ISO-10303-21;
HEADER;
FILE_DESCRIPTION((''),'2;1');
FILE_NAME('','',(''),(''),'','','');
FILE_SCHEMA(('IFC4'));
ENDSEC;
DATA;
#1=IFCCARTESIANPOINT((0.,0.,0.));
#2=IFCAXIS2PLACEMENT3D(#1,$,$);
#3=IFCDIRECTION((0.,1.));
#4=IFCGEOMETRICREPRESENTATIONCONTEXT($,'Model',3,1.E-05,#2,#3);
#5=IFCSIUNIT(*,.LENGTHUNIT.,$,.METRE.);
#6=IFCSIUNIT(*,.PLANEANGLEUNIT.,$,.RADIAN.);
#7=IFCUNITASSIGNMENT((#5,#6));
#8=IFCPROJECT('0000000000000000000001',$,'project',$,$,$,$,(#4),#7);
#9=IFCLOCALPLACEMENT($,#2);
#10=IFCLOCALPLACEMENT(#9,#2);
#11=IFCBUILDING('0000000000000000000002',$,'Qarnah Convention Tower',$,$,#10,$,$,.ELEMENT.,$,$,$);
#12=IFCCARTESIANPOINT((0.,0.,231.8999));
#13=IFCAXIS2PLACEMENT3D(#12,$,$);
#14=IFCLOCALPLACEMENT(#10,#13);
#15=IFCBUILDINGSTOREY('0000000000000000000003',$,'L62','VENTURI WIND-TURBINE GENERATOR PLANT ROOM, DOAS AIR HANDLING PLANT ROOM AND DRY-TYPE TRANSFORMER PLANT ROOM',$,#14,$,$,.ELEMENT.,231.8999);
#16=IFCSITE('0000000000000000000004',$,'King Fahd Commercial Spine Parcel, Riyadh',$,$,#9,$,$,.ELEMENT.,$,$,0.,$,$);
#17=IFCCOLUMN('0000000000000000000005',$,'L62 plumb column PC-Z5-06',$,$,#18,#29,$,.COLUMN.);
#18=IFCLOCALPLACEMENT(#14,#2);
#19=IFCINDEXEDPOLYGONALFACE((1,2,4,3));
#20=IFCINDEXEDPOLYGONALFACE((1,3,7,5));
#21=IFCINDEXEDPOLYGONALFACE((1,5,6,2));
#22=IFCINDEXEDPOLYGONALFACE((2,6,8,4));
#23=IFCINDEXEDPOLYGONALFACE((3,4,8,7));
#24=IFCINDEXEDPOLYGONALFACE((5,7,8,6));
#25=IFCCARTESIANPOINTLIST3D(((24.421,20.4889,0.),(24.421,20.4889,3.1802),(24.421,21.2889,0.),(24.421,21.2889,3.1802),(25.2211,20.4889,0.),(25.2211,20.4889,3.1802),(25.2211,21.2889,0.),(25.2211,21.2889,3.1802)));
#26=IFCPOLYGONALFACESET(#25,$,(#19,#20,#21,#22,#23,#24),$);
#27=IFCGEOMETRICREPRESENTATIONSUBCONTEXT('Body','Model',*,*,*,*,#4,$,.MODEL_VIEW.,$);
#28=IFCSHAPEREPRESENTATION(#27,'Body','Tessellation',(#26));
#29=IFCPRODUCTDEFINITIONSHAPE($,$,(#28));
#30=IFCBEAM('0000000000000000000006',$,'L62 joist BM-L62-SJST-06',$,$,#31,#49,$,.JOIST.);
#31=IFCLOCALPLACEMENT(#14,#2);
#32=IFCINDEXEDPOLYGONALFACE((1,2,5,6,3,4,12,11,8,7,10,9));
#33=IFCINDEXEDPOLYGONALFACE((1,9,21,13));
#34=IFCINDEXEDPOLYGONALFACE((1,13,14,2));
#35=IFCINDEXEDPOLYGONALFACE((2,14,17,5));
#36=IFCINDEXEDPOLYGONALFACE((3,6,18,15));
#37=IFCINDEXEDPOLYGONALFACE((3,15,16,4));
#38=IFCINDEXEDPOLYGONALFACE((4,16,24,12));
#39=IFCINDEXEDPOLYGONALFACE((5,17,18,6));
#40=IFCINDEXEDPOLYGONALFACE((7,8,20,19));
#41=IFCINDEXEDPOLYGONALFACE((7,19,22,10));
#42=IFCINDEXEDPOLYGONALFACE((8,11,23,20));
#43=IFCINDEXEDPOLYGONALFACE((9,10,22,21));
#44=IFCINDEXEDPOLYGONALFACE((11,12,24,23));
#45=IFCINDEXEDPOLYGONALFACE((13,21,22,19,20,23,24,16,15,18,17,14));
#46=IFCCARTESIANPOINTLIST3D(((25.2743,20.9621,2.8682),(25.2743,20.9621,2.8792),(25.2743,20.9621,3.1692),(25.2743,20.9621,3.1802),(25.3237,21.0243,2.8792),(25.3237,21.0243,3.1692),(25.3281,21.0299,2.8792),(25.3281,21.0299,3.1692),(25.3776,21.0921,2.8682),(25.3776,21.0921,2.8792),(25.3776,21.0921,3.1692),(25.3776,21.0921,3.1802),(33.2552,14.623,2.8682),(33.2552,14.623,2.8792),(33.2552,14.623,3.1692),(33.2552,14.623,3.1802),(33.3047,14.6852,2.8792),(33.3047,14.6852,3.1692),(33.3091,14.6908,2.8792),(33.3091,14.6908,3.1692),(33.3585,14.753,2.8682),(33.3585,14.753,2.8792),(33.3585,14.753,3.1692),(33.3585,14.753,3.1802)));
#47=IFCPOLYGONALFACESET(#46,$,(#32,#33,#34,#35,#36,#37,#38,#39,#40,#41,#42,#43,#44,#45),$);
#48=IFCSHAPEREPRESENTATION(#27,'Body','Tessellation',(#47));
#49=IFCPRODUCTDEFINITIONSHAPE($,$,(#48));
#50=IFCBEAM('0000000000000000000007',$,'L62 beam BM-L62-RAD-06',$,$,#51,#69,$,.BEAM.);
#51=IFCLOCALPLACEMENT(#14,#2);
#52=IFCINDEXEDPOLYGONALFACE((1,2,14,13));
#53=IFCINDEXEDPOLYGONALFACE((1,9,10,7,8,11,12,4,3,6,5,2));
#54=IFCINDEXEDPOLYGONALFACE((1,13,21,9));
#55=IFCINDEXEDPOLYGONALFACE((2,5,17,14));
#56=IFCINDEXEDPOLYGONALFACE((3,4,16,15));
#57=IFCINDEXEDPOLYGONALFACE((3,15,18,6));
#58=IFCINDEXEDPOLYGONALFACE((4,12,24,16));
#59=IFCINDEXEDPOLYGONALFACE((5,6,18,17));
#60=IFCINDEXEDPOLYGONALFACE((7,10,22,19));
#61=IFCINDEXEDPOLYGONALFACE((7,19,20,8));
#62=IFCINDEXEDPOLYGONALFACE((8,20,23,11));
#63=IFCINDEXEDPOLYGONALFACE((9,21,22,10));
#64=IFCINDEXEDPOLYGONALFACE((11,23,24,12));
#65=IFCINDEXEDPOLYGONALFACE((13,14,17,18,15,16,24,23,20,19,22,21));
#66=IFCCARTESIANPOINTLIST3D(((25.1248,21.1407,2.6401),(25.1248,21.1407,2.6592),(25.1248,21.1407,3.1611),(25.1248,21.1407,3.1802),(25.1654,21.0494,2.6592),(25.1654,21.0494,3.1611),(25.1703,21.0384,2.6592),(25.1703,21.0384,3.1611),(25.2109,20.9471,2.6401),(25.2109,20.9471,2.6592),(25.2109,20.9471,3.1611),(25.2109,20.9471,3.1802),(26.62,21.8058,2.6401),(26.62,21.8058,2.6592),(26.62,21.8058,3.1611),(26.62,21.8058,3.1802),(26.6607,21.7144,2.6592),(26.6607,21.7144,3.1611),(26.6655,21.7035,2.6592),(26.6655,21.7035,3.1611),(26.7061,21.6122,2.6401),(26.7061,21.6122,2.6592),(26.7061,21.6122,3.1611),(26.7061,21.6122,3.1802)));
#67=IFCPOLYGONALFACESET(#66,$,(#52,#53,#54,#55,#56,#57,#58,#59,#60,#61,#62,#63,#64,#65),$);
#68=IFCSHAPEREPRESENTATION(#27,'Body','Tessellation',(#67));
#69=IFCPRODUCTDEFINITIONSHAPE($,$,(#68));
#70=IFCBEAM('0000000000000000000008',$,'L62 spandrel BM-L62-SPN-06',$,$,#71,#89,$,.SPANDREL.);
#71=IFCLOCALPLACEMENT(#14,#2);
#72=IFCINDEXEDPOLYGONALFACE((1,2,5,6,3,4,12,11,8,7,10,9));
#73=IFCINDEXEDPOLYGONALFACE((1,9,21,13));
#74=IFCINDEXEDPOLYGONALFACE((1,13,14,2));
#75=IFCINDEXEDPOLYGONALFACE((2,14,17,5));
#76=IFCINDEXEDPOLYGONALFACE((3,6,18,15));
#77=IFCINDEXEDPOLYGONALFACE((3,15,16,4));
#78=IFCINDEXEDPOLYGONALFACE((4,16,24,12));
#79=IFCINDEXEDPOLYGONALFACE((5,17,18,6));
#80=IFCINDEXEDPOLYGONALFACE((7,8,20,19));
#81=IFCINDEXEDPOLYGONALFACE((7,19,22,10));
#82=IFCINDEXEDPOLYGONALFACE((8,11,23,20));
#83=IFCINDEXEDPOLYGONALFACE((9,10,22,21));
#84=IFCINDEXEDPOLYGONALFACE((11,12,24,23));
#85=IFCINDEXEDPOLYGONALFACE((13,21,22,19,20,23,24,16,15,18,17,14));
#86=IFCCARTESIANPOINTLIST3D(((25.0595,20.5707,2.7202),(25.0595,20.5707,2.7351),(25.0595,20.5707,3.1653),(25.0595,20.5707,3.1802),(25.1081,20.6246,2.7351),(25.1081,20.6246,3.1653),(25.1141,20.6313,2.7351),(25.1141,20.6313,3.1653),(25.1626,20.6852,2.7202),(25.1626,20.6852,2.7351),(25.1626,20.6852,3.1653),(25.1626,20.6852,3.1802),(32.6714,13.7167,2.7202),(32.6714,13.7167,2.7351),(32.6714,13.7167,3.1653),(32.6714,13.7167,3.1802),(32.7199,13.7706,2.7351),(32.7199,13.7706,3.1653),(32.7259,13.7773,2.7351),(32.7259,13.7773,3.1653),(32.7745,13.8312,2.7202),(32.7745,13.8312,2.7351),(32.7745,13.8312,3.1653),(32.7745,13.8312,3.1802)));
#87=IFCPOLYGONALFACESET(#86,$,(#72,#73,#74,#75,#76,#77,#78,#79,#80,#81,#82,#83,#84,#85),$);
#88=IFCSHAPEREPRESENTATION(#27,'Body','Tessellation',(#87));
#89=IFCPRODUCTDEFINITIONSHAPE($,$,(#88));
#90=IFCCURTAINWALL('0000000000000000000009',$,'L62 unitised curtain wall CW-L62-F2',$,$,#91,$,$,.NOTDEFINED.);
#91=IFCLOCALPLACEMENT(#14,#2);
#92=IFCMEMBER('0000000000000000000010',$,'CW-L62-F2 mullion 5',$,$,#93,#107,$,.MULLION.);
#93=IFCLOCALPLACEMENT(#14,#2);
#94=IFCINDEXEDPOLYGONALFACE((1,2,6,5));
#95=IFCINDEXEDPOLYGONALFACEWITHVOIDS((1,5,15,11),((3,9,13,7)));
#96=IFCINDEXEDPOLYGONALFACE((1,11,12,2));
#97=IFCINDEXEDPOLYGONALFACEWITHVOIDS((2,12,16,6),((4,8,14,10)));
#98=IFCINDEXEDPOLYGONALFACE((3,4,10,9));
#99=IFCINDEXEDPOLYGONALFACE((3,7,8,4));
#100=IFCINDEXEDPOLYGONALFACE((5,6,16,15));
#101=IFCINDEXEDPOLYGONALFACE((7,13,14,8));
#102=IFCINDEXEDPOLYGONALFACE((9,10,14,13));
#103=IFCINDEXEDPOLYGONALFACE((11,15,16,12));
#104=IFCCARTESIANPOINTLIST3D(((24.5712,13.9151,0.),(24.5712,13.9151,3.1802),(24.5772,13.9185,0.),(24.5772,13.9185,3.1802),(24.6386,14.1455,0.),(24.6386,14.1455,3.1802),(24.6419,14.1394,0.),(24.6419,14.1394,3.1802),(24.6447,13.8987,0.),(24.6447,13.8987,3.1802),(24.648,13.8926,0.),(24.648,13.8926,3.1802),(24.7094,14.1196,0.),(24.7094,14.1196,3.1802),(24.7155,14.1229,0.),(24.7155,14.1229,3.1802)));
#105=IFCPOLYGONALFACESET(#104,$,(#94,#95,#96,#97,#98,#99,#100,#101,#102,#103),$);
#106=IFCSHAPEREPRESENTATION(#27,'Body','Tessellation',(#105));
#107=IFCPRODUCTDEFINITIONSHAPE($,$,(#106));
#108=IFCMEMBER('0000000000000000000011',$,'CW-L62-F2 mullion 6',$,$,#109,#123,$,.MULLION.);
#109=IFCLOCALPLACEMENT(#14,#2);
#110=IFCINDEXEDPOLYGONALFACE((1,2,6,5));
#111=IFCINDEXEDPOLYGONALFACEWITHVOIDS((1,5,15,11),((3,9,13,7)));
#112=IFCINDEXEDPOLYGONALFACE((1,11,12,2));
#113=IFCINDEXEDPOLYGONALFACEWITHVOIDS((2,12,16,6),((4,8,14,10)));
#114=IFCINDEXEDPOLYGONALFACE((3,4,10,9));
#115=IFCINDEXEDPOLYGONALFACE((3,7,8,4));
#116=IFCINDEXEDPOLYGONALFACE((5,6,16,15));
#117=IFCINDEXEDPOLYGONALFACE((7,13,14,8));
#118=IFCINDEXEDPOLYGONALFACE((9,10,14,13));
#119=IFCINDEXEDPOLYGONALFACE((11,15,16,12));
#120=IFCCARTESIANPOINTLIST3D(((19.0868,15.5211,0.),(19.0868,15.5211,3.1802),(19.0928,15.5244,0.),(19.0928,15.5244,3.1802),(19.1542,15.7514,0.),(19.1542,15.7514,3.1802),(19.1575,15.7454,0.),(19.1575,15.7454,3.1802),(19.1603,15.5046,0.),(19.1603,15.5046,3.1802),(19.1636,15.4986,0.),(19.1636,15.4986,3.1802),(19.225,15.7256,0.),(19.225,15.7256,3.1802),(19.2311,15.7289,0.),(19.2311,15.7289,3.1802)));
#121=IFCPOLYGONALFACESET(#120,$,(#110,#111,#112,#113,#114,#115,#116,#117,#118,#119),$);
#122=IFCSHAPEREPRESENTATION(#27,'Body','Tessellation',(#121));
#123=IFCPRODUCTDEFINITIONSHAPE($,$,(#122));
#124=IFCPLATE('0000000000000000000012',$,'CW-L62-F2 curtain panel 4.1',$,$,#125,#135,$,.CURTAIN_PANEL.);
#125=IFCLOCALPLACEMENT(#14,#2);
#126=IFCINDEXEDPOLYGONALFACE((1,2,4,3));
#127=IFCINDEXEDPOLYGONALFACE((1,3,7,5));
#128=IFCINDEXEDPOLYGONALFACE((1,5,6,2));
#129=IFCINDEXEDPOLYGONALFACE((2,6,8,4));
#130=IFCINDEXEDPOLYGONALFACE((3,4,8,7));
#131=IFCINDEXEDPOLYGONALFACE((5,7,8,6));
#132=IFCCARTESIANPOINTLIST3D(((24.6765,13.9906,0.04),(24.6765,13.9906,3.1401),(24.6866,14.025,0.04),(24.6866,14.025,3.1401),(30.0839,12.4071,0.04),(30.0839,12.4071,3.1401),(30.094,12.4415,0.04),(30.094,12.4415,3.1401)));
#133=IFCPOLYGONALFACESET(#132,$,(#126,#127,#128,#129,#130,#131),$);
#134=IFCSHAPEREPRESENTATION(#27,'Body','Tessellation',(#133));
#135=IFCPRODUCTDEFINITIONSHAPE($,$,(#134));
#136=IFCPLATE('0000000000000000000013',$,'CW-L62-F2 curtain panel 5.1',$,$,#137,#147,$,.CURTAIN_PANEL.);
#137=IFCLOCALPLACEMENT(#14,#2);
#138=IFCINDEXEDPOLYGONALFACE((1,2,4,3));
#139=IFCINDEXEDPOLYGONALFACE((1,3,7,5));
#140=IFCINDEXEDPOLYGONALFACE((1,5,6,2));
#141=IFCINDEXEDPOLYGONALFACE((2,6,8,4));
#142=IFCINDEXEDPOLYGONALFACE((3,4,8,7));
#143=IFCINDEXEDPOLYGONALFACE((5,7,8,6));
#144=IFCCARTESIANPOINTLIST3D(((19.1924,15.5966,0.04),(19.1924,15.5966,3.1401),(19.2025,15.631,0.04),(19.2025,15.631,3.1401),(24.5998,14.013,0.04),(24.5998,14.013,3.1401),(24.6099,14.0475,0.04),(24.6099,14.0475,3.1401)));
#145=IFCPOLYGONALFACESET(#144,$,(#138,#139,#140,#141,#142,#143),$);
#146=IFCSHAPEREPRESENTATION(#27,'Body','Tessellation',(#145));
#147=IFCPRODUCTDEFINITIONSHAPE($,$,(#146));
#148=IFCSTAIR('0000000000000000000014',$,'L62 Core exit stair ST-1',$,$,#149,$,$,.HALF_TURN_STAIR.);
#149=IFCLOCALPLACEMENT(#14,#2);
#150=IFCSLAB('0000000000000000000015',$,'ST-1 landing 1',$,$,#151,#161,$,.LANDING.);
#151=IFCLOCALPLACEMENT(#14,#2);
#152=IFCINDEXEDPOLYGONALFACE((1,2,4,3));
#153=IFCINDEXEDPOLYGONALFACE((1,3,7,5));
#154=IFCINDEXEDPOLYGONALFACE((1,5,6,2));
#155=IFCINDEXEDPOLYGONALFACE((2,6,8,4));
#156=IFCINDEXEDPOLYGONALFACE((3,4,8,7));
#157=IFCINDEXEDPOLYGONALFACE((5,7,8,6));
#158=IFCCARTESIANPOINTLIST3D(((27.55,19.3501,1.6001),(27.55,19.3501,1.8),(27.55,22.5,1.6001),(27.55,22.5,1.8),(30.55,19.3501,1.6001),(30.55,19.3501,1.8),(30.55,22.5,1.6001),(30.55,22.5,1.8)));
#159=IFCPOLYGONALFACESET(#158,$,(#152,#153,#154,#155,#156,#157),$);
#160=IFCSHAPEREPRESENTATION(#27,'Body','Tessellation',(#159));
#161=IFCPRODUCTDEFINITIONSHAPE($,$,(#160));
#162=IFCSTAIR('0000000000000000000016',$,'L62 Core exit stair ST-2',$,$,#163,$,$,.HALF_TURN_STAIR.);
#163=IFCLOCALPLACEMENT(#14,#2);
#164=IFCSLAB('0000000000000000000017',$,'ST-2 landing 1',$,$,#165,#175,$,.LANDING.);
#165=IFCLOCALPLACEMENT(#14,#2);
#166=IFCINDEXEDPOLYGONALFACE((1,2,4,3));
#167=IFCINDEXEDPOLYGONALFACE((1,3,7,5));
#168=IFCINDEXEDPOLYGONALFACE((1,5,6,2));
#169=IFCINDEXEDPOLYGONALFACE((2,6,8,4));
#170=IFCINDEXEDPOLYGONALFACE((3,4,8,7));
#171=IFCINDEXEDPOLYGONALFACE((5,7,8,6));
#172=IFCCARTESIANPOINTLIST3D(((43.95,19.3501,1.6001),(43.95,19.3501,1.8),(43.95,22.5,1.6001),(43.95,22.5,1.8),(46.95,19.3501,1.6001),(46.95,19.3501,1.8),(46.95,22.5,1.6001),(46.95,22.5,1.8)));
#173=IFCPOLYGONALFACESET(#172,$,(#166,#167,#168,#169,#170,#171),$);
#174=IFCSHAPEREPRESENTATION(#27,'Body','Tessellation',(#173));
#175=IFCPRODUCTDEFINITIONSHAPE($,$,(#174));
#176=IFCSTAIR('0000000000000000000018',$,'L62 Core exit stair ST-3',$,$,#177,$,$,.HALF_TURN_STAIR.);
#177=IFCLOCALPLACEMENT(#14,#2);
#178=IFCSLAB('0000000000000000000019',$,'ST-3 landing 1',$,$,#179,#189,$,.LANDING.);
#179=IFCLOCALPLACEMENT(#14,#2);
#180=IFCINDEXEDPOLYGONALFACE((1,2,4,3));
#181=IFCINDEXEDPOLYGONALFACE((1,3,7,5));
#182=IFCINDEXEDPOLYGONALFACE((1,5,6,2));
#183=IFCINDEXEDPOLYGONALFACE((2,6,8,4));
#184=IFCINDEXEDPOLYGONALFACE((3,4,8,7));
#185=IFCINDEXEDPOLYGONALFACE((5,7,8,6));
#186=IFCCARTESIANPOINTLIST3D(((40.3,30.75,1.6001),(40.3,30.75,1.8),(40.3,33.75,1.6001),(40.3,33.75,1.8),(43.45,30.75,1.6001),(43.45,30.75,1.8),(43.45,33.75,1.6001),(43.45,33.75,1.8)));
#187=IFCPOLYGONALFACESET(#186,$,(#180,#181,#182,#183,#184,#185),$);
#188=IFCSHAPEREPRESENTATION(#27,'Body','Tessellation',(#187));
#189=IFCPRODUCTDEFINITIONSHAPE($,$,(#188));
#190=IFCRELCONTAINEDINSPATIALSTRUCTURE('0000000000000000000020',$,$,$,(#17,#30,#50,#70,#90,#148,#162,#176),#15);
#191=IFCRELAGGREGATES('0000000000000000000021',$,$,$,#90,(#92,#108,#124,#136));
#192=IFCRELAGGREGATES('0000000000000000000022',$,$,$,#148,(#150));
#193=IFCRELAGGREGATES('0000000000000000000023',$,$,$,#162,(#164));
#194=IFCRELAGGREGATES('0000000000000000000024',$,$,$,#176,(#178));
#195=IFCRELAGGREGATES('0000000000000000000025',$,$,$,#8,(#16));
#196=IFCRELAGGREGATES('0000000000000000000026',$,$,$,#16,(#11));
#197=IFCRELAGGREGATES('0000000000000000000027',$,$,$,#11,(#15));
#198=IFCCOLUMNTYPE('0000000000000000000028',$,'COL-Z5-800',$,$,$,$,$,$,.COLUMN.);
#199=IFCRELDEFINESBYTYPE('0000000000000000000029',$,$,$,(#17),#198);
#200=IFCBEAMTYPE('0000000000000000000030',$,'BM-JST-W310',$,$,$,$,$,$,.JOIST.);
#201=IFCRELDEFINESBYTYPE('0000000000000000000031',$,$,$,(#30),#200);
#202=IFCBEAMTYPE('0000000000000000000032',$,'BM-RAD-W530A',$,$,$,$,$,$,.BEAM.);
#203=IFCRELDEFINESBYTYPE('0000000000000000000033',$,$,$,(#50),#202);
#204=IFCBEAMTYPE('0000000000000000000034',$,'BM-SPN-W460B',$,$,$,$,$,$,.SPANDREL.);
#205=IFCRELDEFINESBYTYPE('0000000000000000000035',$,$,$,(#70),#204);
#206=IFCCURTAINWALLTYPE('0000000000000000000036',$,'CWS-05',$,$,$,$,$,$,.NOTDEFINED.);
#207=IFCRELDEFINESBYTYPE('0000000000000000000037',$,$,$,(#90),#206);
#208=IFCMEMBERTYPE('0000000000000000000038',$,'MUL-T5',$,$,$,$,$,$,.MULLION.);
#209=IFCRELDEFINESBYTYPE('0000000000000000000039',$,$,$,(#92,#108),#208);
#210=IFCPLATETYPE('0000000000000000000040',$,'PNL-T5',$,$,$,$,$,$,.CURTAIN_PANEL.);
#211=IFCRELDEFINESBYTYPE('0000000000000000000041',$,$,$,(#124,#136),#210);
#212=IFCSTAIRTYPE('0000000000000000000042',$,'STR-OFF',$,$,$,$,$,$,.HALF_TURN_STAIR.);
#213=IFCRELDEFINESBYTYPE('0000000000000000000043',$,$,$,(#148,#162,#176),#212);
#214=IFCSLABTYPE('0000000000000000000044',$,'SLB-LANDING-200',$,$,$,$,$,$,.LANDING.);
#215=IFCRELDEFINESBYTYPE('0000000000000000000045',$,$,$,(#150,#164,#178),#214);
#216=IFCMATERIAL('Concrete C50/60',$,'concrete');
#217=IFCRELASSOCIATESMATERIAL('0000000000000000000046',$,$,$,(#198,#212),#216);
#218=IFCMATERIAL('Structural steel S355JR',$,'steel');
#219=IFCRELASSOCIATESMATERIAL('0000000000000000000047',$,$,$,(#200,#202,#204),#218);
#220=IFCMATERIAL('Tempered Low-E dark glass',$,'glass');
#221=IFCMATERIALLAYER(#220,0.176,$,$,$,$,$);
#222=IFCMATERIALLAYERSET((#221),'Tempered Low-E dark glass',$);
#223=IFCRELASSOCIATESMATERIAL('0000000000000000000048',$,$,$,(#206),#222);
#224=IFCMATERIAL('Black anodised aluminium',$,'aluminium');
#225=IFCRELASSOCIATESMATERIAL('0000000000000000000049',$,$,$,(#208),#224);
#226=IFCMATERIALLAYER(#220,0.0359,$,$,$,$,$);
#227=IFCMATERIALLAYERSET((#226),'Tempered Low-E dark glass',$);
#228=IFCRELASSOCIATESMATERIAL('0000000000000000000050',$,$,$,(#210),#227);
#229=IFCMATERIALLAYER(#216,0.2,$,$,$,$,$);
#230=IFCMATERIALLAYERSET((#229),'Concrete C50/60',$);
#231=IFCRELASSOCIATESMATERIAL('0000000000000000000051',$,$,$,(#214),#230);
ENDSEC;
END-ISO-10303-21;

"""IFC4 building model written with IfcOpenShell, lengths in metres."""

from ifc_helpers import new_model, si_unit, direction, frame, origin, origin_2d, place, context, subcontext, project, spatial, polyline, rectangle, hollow_rectangle, i_section, outline, extrude, material, layer, layer_set, material_profile, profile_set, type_object, element, aggregate, save


model = new_model("IFC4")

# Units and contexts
model_context = context("Model", 3, precision=1e-05, world=origin(), true_north=direction((0.0, 1.0)))
body_context = subcontext(model_context, "Body", "Model", "MODEL_VIEW")
ifc_project = project(units=[si_unit("LENGTHUNIT", "METRE"), si_unit("PLANEANGLEUNIT", "RADIAN")], contexts=[model_context])

# Site, building, storey
site_placement = place(None, origin())
site = spatial("IfcSite", under=ifc_project, at=site_placement, Name="King Fahd Commercial Spine Parcel, Riyadh", CompositionType="ELEMENT", RefElevation=0.0)
building_placement = place(site_placement, origin())
building = spatial("IfcBuilding", under=site, at=building_placement, Name="Qarnah Convention Tower", CompositionType="ELEMENT")
storey_placement = place(building_placement, frame((0.0, 0.0, 231.8999)))
storey = spatial("IfcBuildingStorey", under=building, at=storey_placement, Name="L62", Description="VENTURI WIND-TURBINE GENERATOR PLANT ROOM, DOAS AIR HANDLING PLANT ROOM AND DRY-TYPE TRANSFORMER PLANT ROOM", CompositionType="ELEMENT", Elevation=231.8999)

# Column
ifc_material_1 = material(Name="Concrete C50/60", Category="concrete")
ifc_material_profile_1 = material_profile(ifc_material_1, rectangle(XDim=0.8, YDim=0.8, at=origin_2d()), Name="RC-COL-800X800")
ifc_profile_set_1 = profile_set([ifc_material_profile_1], Name="Concrete C50/60")
column_type = type_object("IfcColumnType", Name="COL-Z5-800", PredefinedType="COLUMN", material=ifc_profile_set_1)
column_placement = place(storey_placement, frame((24.821, 20.8889, 0.0), z_axis=(0.0, 0.0, 1.0), x_axis=(1.0, 0.0, 0.0)))
element("IfcColumn", 1, at=column_placement, inside=storey, type_object=column_type, Name="L62 plumb column PC-Z5-06", PredefinedType="COLUMN", context=body_context, shape_type="SweptSolid", body=[
    extrude(rectangle(XDim=0.8, YDim=0.8, at=origin_2d()), origin(), (0.0, 0.0, 1.0), 3.1802),
])

# Beams
ifc_material_2 = material(Name="Structural steel S355JR", Category="steel")
ifc_material_profile_2 = material_profile(ifc_material_2, i_section(OverallWidth=0.166, OverallDepth=0.312, WebThickness=0.0071, FlangeThickness=0.011, at=origin_2d()), Name="W310X45")
ifc_profile_set_2 = profile_set([ifc_material_profile_2], Name="Structural steel S355JR")
beam_type_1 = type_object("IfcBeamType", Name="BM-JST-W310", PredefinedType="JOIST", material=ifc_profile_set_2)
beam_1_placement = place(storey_placement, frame((25.3259, 21.0271, 3.0242), z_axis=(0.783049, -0.62196, 0.0), x_axis=(0.62196, 0.783049, 0.0)))
element("IfcBeam", 2, at=beam_1_placement, inside=storey, type_object=beam_type_1, Name="L62 joist BM-L62-SJST-06", PredefinedType="JOIST", context=body_context, shape_type="SweptSolid", body=[
    extrude(i_section(OverallWidth=0.166, OverallDepth=0.312, WebThickness=0.0071, FlangeThickness=0.011, at=origin_2d()), origin(), (0.0, 0.0, 1.0), 10.1921),
])
ifc_material_profile_3 = material_profile(ifc_material_2, i_section(OverallWidth=0.2119, OverallDepth=0.54, WebThickness=0.012, FlangeThickness=0.019, at=origin_2d()), Name="W530X109")
ifc_profile_set_3 = profile_set([ifc_material_profile_3], Name="Structural steel S355JR")
beam_type_2 = type_object("IfcBeamType", Name="BM-RAD-W530A", PredefinedType="BEAM", material=ifc_profile_set_3)
beam_2_placement = place(storey_placement, frame((26.6631, 21.709, 2.9102), z_axis=(-0.913688, -0.406415, 0.0), x_axis=(0.406415, -0.913688, 0.0)))
element("IfcBeam", 3, at=beam_2_placement, inside=storey, type_object=beam_type_2, Name="L62 beam BM-L62-RAD-06", PredefinedType="BEAM", context=body_context, shape_type="SweptSolid", body=[
    extrude(i_section(OverallWidth=0.2119, OverallDepth=0.54, WebThickness=0.012, FlangeThickness=0.019, at=origin_2d()), origin(), (0.0, 0.0, 1.0), 1.6365),
])
ifc_material_profile_4 = material_profile(ifc_material_2, i_section(OverallWidth=0.1541, OverallDepth=0.46, WebThickness=0.009, FlangeThickness=0.0149, at=origin_2d()), Name="W460X68")
ifc_profile_set_4 = profile_set([ifc_material_profile_4], Name="Structural steel S355JR")
beam_type_3 = type_object("IfcBeamType", Name="BM-SPN-W460B", PredefinedType="SPANDREL", material=ifc_profile_set_4)
beam_3_placement = place(storey_placement, frame((25.1111, 20.6279, 2.9502), z_axis=(0.743131, -0.669146, 0.0), x_axis=(0.669146, 0.743131, 0.0)))
element("IfcBeam", 4, at=beam_3_placement, inside=storey, type_object=beam_type_3, Name="L62 spandrel BM-L62-SPN-06", PredefinedType="SPANDREL", context=body_context, shape_type="SweptSolid", body=[
    extrude(i_section(OverallWidth=0.1541, OverallDepth=0.46, WebThickness=0.009, FlangeThickness=0.0149, at=origin_2d()), origin(), (0.0, 0.0, 1.0), 10.2429),
])

# Curtain wall, members, plates
ifc_material_3 = material(Name="Tempered Low-E dark glass", Category="glass")
ifc_layer_1 = layer(ifc_material_3, 0.176)
ifc_layer_set_1 = layer_set([ifc_layer_1], Name="Tempered Low-E dark glass")
curtain_wall_type = type_object("IfcCurtainWallType", Name="CWS-05", PredefinedType="NOTDEFINED", material=ifc_layer_set_1)
curtain_wall_placement = place(storey_placement, origin())
curtain_wall = element("IfcCurtainWall", 5, at=curtain_wall_placement, inside=storey, type_object=curtain_wall_type, Name="L62 unitised curtain wall CW-L62-F2", PredefinedType="NOTDEFINED")
ifc_material_4 = material(Name="Black anodised aluminium", Category="aluminium")
ifc_material_profile_5 = material_profile(ifc_material_4, hollow_rectangle(XDim=0.0801, YDim=0.24, WallThickness=0.0049, at=origin_2d()), Name="MUL-80X240")
ifc_profile_set_5 = profile_set([ifc_material_profile_5], Name="Black anodised aluminium")
member_type = type_object("IfcMemberType", Name="MUL-T5", PredefinedType="MULLION", material=ifc_profile_set_5)
member_1_placement = place(storey_placement, frame((24.6433, 14.019, 0.0), z_axis=(0.0, 0.0, 1.0), x_axis=(-0.959696, 0.281039, 0.0)))
member_1 = element("IfcMember", 6, at=member_1_placement, type_object=member_type, Name="CW-L62-F2 mullion 5", PredefinedType="MULLION", context=body_context, shape_type="SweptSolid", body=[
    extrude(hollow_rectangle(XDim=0.0801, YDim=0.24, WallThickness=0.0049, at=origin_2d()), origin(), (0.0, 0.0, 1.0), 3.1802),
])
member_2_placement = place(storey_placement, frame((19.1589, 15.625, 0.0), z_axis=(0.0, 0.0, 1.0), x_axis=(-0.959696, 0.281039, 0.0)))
member_2 = element("IfcMember", 7, at=member_2_placement, type_object=member_type, Name="CW-L62-F2 mullion 6", PredefinedType="MULLION", context=body_context, shape_type="SweptSolid", body=[
    extrude(hollow_rectangle(XDim=0.0801, YDim=0.24, WallThickness=0.0049, at=origin_2d()), origin(), (0.0, 0.0, 1.0), 3.1802),
])
ifc_layer_2 = layer(ifc_material_3, 0.0359)
ifc_layer_set_2 = layer_set([ifc_layer_2], Name="Tempered Low-E dark glass")
plate_type = type_object("IfcPlateType", Name="PNL-T5", PredefinedType="CURTAIN_PANEL", material=ifc_layer_set_2)
plate_1_placement = place(storey_placement, frame((27.3853, 13.2161, 0.04), z_axis=(0.0, 0.0, 1.0), x_axis=(-0.959696, 0.281039, 0.0)))
plate_1 = element("IfcPlate", 8, at=plate_1_placement, type_object=plate_type, Name="CW-L62-F2 curtain panel 4.1", PredefinedType="CURTAIN_PANEL", context=body_context, shape_type="SweptSolid", body=[
    extrude(rectangle(XDim=5.6345, YDim=0.0359, at=origin_2d()), origin(), (0.0, 0.0, 1.0), 3.1001),
])
plate_2_placement = place(storey_placement, frame((21.9011, 14.822, 0.04), z_axis=(0.0, 0.0, 1.0), x_axis=(-0.959696, 0.281039, 0.0)))
plate_2 = element("IfcPlate", 9, at=plate_2_placement, type_object=plate_type, Name="CW-L62-F2 curtain panel 5.1", PredefinedType="CURTAIN_PANEL", context=body_context, shape_type="SweptSolid", body=[
    extrude(rectangle(XDim=5.6345, YDim=0.0359, at=origin_2d()), origin(), (0.0, 0.0, 1.0), 3.1001),
])
aggregate(curtain_wall, [member_1, member_2, plate_1, plate_2])

# Stairs, slabs
stair_type = type_object("IfcStairType", Name="STR-OFF", PredefinedType="HALF_TURN_STAIR", material=ifc_material_1)
stair_1_placement = place(storey_placement, origin())
stair_1 = element("IfcStair", 10, at=stair_1_placement, inside=storey, type_object=stair_type, Name="L62 Core exit stair ST-1", PredefinedType="HALF_TURN_STAIR")
ifc_layer_3 = layer(ifc_material_1, 0.2)
ifc_layer_set_3 = layer_set([ifc_layer_3], Name="Concrete C50/60")
slab_type_1 = type_object("IfcSlabType", Name="SLB-LANDING-200", PredefinedType="LANDING", material=ifc_layer_set_3)
slab_1_placement = place(storey_placement, frame((0.0, 0.0, 1.6001)))
slab_1 = element("IfcSlab", 11, at=slab_1_placement, type_object=slab_type_1, Name="ST-1 landing 1", PredefinedType="LANDING", context=body_context, shape_type="SweptSolid", body=[
    extrude(outline(polyline([(27.55, 22.5), (27.55, 19.3501), (30.55, 19.3501), (30.55, 22.5), (27.55, 22.5)])), origin(), (0.0, 0.0, 1.0), 0.2),
])
aggregate(stair_1, [slab_1])
stair_2_placement = place(storey_placement, origin())
stair_2 = element("IfcStair", 12, at=stair_2_placement, inside=storey, type_object=stair_type, Name="L62 Core exit stair ST-2", PredefinedType="HALF_TURN_STAIR")
slab_2_placement = place(storey_placement, frame((0.0, 0.0, 1.6001)))
slab_2 = element("IfcSlab", 13, at=slab_2_placement, type_object=slab_type_1, Name="ST-2 landing 1", PredefinedType="LANDING", context=body_context, shape_type="SweptSolid", body=[
    extrude(outline(polyline([(43.95, 22.5), (43.95, 19.3501), (46.95, 19.3501), (46.95, 22.5), (43.95, 22.5)])), origin(), (0.0, 0.0, 1.0), 0.2),
])
aggregate(stair_2, [slab_2])
stair_3_placement = place(storey_placement, origin())
stair_3 = element("IfcStair", 14, at=stair_3_placement, inside=storey, type_object=stair_type, Name="L62 Core exit stair ST-3", PredefinedType="HALF_TURN_STAIR")
slab_3_placement = place(storey_placement, frame((0.0, 0.0, 1.6001)))
slab_3 = element("IfcSlab", 15, at=slab_3_placement, type_object=slab_type_1, Name="ST-3 landing 1", PredefinedType="LANDING", context=body_context, shape_type="SweptSolid", body=[
    extrude(outline(polyline([(40.3, 30.75), (43.45, 30.75), (43.45, 33.75), (40.3, 33.75), (40.3, 30.75)])), origin(), (0.0, 0.0, 1.0), 0.2),
])
aggregate(stair_3, [slab_3])

save(model, "model.ifc")
